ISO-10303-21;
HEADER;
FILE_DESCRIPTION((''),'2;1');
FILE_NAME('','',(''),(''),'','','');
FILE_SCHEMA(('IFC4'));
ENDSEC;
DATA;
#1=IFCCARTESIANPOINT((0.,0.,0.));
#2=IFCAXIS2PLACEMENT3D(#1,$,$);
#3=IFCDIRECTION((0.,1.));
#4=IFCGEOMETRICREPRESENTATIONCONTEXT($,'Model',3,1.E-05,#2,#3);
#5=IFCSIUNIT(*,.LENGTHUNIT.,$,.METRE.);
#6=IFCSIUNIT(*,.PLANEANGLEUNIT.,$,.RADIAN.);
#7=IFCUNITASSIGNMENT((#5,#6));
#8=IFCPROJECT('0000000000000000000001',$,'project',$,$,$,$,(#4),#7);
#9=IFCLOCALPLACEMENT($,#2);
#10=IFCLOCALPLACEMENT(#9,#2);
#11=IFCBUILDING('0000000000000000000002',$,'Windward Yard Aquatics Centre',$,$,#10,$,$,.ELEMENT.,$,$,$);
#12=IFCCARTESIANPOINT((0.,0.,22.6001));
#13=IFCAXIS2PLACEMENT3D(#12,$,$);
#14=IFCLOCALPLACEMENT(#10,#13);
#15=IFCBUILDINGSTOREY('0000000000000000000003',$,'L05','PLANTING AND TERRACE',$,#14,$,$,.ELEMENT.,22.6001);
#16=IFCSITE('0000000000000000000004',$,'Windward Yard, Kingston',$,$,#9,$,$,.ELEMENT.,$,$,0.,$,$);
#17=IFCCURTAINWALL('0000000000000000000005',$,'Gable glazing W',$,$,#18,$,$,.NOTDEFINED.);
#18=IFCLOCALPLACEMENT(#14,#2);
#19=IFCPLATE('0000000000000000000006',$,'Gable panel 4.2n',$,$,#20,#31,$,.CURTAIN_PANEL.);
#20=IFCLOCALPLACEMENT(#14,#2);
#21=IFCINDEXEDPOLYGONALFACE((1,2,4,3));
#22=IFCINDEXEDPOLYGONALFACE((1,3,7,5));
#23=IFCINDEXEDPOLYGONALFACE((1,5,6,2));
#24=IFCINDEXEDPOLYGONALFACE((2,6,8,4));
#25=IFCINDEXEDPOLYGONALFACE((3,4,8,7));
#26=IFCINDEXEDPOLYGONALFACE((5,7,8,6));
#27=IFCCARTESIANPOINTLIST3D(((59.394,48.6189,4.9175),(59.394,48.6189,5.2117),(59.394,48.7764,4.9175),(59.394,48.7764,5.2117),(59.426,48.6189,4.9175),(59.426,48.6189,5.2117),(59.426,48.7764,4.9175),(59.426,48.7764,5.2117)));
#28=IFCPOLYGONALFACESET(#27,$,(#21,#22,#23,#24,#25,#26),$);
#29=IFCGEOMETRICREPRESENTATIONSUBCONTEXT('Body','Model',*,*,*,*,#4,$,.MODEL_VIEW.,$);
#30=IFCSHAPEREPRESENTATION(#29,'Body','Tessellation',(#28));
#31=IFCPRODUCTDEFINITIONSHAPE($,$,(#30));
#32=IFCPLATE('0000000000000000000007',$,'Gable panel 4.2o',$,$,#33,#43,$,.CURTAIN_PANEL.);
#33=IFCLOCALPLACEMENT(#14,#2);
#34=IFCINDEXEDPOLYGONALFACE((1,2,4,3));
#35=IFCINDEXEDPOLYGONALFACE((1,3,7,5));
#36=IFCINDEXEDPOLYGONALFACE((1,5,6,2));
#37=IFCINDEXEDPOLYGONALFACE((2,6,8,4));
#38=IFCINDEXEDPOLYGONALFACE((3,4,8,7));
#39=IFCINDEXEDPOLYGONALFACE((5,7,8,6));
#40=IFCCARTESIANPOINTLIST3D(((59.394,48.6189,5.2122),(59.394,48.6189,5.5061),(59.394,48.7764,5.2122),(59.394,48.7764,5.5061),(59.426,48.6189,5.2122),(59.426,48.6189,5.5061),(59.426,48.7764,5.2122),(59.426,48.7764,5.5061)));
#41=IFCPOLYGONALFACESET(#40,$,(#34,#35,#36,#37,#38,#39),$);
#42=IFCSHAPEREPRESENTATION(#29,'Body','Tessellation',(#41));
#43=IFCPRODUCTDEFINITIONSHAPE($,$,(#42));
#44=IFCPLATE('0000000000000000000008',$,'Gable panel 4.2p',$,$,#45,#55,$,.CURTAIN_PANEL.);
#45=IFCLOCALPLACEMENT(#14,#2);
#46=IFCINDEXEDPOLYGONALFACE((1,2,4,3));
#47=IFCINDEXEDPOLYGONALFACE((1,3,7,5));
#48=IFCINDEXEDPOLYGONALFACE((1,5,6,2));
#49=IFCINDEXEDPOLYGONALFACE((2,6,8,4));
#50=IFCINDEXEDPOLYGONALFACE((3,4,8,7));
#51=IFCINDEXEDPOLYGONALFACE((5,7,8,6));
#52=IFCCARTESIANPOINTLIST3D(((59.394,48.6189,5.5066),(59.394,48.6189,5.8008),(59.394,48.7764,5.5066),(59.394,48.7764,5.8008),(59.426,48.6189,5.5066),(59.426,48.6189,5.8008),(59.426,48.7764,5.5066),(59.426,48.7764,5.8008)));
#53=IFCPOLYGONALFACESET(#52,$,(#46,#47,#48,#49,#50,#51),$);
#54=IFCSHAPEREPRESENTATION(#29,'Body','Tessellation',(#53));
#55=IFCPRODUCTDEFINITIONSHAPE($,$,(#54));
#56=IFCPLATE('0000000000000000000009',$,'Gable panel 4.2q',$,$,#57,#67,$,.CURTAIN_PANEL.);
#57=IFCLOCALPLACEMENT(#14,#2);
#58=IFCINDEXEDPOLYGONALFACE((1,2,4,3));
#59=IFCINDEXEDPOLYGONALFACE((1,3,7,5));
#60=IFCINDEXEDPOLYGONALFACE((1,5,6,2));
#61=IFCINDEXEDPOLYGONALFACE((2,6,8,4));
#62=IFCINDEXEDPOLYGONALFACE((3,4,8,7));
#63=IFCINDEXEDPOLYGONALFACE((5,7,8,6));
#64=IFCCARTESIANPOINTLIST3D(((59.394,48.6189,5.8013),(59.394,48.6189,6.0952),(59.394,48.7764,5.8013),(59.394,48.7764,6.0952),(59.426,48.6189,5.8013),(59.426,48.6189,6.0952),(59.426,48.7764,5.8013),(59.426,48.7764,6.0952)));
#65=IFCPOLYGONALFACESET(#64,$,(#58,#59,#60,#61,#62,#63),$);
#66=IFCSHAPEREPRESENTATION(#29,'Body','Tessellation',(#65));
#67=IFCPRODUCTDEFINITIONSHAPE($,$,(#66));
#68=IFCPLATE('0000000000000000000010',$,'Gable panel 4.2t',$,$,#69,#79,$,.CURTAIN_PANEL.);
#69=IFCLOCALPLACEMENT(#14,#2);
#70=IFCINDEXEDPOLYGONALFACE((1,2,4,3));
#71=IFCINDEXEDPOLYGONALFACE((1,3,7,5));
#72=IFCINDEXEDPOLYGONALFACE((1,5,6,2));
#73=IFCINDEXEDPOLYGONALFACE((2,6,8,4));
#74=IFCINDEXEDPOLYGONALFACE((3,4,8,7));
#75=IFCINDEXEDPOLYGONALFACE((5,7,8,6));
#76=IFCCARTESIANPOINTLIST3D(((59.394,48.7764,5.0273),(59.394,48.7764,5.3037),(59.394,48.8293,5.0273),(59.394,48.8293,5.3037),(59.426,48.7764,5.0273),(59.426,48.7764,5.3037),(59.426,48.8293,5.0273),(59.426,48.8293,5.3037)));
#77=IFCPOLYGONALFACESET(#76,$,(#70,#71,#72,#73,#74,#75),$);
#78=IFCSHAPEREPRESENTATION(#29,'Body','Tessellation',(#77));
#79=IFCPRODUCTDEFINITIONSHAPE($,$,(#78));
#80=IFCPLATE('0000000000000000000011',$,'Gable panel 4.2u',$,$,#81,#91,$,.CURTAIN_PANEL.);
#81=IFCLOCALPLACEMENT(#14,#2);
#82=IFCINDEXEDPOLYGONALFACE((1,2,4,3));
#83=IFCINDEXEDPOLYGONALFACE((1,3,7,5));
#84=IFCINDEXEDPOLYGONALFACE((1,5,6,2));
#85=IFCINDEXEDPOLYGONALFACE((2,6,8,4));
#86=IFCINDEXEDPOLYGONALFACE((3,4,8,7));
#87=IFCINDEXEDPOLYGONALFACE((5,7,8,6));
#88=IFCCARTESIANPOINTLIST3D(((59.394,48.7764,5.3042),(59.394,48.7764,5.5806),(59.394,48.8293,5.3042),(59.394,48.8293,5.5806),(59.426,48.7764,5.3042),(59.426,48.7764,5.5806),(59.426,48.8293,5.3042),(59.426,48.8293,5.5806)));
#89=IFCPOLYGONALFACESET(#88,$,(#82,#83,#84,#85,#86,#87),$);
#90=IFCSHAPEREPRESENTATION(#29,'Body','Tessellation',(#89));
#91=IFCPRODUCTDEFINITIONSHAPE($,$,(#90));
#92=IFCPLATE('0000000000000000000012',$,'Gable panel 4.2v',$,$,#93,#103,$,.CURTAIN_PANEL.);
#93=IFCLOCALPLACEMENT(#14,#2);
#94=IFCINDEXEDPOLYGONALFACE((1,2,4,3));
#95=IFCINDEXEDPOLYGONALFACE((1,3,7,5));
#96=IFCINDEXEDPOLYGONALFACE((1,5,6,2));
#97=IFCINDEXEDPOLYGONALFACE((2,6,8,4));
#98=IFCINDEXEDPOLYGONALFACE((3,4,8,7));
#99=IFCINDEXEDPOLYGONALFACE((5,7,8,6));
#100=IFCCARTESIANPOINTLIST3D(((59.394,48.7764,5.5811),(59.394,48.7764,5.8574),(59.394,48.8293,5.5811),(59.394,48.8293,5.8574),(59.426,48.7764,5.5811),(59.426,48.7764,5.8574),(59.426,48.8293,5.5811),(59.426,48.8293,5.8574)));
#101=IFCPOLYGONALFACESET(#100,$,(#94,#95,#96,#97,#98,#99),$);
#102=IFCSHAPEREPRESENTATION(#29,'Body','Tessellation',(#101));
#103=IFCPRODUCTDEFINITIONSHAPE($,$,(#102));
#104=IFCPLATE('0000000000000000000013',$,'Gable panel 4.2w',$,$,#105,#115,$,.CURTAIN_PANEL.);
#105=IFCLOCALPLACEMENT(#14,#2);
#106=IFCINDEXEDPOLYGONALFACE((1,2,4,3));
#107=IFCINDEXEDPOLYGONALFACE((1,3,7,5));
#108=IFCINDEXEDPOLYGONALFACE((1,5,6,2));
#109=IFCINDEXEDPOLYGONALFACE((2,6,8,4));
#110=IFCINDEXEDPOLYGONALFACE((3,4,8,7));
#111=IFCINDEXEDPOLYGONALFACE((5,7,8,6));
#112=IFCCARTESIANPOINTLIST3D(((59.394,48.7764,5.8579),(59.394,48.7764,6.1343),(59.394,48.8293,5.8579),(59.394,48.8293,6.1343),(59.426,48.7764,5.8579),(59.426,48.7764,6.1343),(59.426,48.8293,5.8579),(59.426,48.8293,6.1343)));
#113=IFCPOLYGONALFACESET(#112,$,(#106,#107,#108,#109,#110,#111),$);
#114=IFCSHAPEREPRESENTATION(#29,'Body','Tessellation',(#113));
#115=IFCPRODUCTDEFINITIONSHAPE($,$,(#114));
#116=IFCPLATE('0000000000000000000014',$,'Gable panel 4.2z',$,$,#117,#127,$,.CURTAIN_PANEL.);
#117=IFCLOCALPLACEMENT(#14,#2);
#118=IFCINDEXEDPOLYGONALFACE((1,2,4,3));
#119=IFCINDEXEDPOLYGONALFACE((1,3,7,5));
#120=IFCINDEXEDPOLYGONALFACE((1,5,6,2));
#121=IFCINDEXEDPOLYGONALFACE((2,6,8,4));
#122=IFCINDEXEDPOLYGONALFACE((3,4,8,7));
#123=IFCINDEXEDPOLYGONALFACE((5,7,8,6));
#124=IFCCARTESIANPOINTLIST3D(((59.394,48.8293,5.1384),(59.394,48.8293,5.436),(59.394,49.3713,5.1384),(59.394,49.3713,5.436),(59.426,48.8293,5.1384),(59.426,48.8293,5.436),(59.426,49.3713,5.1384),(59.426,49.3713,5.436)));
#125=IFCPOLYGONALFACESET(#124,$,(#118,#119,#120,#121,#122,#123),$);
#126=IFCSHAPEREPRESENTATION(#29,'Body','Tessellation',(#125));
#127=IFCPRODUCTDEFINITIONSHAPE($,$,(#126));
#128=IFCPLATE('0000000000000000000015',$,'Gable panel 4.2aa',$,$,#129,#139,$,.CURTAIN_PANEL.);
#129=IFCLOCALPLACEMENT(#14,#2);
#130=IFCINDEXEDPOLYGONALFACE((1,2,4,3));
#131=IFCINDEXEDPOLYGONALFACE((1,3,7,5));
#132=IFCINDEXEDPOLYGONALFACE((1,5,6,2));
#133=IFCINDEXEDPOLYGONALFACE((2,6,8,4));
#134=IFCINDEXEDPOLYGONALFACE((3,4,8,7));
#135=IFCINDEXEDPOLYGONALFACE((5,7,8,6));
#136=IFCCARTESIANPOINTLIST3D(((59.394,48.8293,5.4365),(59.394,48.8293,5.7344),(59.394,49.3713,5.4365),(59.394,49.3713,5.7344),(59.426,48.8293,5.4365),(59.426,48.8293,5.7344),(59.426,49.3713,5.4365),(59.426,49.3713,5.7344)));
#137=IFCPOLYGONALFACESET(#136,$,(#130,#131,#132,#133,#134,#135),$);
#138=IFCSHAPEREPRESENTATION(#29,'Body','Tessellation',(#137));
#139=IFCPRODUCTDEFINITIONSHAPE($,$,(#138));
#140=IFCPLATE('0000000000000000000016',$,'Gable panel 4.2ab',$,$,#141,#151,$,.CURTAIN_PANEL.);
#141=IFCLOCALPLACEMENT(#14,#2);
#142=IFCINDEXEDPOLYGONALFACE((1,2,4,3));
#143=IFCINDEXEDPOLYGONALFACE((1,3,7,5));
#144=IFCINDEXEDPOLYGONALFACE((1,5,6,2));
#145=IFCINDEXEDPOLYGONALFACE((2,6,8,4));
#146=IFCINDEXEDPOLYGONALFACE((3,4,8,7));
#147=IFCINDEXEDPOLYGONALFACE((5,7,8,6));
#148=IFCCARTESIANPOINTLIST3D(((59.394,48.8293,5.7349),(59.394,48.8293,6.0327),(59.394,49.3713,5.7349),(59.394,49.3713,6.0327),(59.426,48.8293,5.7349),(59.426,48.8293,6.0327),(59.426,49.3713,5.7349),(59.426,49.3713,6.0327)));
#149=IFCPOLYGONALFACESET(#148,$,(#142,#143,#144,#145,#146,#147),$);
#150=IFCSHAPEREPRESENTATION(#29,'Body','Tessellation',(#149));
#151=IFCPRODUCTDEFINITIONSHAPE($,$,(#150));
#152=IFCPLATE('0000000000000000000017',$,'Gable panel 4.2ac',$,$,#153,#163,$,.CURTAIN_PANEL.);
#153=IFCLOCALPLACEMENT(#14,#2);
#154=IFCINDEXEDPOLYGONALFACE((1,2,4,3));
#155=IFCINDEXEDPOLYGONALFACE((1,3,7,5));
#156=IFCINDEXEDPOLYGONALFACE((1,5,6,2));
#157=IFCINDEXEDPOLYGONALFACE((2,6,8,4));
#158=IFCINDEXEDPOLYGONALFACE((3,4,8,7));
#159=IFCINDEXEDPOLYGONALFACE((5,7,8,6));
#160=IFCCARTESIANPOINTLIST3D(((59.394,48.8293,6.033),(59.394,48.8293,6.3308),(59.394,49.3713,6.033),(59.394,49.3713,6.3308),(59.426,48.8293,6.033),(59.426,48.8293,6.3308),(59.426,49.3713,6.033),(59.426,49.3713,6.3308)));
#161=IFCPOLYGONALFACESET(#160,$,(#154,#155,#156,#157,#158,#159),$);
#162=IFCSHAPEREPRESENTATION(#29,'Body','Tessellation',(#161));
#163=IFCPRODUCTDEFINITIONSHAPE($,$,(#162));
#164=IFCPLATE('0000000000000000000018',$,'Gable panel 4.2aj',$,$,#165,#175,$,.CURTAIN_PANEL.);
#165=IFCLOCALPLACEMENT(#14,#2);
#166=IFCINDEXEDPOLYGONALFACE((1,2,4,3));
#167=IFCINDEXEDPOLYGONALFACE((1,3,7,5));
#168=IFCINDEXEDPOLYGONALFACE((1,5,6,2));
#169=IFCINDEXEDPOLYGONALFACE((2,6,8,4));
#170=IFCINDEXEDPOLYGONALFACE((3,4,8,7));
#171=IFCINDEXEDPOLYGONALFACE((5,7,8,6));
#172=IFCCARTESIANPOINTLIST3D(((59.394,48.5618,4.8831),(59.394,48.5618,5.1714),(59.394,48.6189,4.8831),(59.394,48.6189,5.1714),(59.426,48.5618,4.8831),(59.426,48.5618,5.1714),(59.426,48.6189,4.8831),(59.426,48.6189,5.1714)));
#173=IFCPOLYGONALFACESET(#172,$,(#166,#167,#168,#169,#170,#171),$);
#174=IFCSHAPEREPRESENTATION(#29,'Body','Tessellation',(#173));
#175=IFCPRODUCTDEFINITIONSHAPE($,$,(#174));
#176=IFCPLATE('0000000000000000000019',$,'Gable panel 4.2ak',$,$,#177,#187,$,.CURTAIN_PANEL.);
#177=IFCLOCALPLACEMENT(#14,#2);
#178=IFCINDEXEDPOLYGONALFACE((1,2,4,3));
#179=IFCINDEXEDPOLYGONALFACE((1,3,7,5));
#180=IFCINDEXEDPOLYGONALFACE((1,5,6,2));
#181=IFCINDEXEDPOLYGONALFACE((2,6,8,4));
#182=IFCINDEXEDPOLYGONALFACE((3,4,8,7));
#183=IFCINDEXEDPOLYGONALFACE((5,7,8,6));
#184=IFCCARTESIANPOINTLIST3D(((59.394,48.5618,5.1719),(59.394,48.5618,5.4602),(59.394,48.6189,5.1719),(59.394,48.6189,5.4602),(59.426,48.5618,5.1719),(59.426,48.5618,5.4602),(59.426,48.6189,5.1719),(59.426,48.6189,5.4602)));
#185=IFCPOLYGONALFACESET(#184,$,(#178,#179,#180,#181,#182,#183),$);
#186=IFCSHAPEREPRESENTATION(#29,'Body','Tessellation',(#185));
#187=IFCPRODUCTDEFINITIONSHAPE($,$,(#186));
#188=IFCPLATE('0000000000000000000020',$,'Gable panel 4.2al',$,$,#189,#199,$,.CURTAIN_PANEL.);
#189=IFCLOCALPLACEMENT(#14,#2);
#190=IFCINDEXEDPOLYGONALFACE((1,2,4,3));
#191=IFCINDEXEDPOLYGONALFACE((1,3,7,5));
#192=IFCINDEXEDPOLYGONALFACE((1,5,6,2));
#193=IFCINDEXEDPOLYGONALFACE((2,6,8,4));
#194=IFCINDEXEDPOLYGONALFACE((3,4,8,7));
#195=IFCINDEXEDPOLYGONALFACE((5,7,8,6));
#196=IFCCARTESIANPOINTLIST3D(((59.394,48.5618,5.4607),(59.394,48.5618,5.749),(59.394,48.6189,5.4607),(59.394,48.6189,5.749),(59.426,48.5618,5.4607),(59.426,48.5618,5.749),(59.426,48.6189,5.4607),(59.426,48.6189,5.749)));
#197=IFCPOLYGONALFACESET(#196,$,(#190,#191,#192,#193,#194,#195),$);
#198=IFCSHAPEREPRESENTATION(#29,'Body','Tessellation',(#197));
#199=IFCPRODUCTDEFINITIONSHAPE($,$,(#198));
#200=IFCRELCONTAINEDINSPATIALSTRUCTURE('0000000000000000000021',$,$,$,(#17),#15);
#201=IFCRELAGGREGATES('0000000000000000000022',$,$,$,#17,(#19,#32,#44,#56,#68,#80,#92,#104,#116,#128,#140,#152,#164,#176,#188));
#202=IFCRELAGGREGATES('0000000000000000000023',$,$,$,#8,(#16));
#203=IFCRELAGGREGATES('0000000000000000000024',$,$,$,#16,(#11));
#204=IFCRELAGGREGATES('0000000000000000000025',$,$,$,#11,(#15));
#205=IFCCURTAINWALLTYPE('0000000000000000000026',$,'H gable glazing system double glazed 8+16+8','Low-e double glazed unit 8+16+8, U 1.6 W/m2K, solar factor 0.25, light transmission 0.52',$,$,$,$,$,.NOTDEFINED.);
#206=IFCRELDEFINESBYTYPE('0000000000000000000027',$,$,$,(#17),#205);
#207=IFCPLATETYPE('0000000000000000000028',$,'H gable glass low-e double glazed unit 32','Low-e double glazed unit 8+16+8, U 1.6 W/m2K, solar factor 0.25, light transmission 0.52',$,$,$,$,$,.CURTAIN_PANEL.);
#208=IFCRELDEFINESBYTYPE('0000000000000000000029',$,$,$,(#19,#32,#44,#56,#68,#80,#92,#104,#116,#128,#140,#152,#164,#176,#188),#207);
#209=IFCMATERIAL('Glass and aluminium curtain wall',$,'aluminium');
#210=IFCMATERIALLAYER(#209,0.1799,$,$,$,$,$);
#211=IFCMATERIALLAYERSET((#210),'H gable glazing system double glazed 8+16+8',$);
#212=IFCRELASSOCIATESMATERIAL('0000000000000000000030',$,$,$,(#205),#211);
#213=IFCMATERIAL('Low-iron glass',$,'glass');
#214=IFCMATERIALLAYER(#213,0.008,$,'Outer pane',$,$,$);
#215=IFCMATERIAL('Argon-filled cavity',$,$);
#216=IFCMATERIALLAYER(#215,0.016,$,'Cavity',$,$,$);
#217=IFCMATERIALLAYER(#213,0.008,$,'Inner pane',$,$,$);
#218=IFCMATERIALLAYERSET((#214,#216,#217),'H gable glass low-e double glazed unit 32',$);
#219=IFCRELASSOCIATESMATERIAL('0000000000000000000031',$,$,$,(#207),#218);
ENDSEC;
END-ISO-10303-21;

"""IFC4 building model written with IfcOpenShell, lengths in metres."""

from ifc_helpers import new_model, si_unit, direction, frame, origin, place, context, subcontext, project, spatial, polyline, outline, extrude, material, layer, layer_set, type_object, element, aggregate, save


model = new_model("IFC4")

# Units and contexts
model_context = context("Model", 3, precision=1e-05, world=origin(), true_north=direction((0.0, 1.0)))
body_context = subcontext(model_context, "Body", "Model", "MODEL_VIEW")
ifc_project = project(units=[si_unit("LENGTHUNIT", "METRE"), si_unit("PLANEANGLEUNIT", "RADIAN")], contexts=[model_context])

# Site, building, storey
site_placement = place(None, origin())
site = spatial("IfcSite", under=ifc_project, at=site_placement, Name="Windward Yard, Kingston", CompositionType="ELEMENT", RefElevation=0.0)
building_placement = place(site_placement, origin())
building = spatial("IfcBuilding", under=site, at=building_placement, Name="Windward Yard Aquatics Centre", CompositionType="ELEMENT")
storey_placement = place(building_placement, frame((0.0, 0.0, 22.6001)))
storey = spatial("IfcBuildingStorey", under=building, at=storey_placement, Name="L05", Description="PLANTING AND TERRACE", CompositionType="ELEMENT", Elevation=22.6001)

# Curtain wall, plates
ifc_material_1 = material(Name="Glass and aluminium curtain wall", Category="aluminium")
ifc_layer_1 = layer(ifc_material_1, 0.1799)
ifc_layer_set_1 = layer_set([ifc_layer_1], Name="H gable glazing system double glazed 8+16+8")
curtain_wall_type = type_object("IfcCurtainWallType", Name="H gable glazing system double glazed 8+16+8", Description="Low-e double glazed unit 8+16+8, U 1.6 W/m2K, solar factor 0.25, light transmission 0.52", PredefinedType="NOTDEFINED", material=ifc_layer_set_1)
curtain_wall_placement = place(storey_placement, origin())
curtain_wall = element("IfcCurtainWall", 1, at=curtain_wall_placement, inside=storey, type_object=curtain_wall_type, Name="Gable glazing W", PredefinedType="NOTDEFINED")
ifc_material_2 = material(Name="Low-iron glass", Category="glass")
ifc_layer_2 = layer(ifc_material_2, 0.008, Name="Outer pane")
ifc_material_3 = material(Name="Argon-filled cavity")
ifc_layer_3 = layer(ifc_material_3, 0.016, Name="Cavity")
ifc_layer_4 = layer(ifc_material_2, 0.008, Name="Inner pane")
ifc_layer_set_2 = layer_set([ifc_layer_2, ifc_layer_3, ifc_layer_4], Name="H gable glass low-e double glazed unit 32")
plate_type = type_object("IfcPlateType", Name="H gable glass low-e double glazed unit 32", Description="Low-e double glazed unit 8+16+8, U 1.6 W/m2K, solar factor 0.25, light transmission 0.52", PredefinedType="CURTAIN_PANEL", material=ifc_layer_set_2)
plate_1_placement = place(storey_placement, frame((59.426, 48.6189, 4.9175), z_axis=(1.0, 0.0, 0.0), x_axis=(0.0, 1.0, 0.0)))
plate_1 = element("IfcPlate", 2, at=plate_1_placement, type_object=plate_type, Name="Gable panel 4.2n", PredefinedType="CURTAIN_PANEL", context=body_context, shape_type="SweptSolid", body=[
    extrude(outline(polyline([(0.0, 0.0), (0.1575, 0.0), (0.1575, 0.2942), (0.0, 0.2942), (0.0, 0.0)])), origin(), (0.0, 0.0, -1.0), 0.032),
])
plate_2_placement = place(storey_placement, frame((59.426, 48.6189, 5.2122), z_axis=(1.0, 0.0, 0.0), x_axis=(0.0, 1.0, 0.0)))
plate_2 = element("IfcPlate", 3, at=plate_2_placement, type_object=plate_type, Name="Gable panel 4.2o", PredefinedType="CURTAIN_PANEL", context=body_context, shape_type="SweptSolid", body=[
    extrude(outline(polyline([(0.0, 0.0), (0.1575, 0.0), (0.1575, 0.2939), (0.0, 0.2939), (0.0, 0.0)])), origin(), (0.0, 0.0, -1.0), 0.032),
])
plate_3_placement = place(storey_placement, frame((59.426, 48.6189, 5.5066), z_axis=(1.0, 0.0, 0.0), x_axis=(0.0, 1.0, 0.0)))
plate_3 = element("IfcPlate", 4, at=plate_3_placement, type_object=plate_type, Name="Gable panel 4.2p", PredefinedType="CURTAIN_PANEL", context=body_context, shape_type="SweptSolid", body=[
    extrude(outline(polyline([(0.0, 0.0), (0.1575, 0.0), (0.1575, 0.2942), (0.0, 0.2942), (0.0, 0.0)])), origin(), (0.0, 0.0, -1.0), 0.032),
])
plate_4_placement = place(storey_placement, frame((59.426, 48.6189, 5.8013), z_axis=(1.0, 0.0, 0.0), x_axis=(0.0, 1.0, 0.0)))
plate_4 = element("IfcPlate", 5, at=plate_4_placement, type_object=plate_type, Name="Gable panel 4.2q", PredefinedType="CURTAIN_PANEL", context=body_context, shape_type="SweptSolid", body=[
    extrude(outline(polyline([(0.0, 0.0), (0.1575, 0.0), (0.1575, 0.2939), (0.0, 0.2939), (0.0, 0.0)])), origin(), (0.0, 0.0, -1.0), 0.032),
])
plate_5_placement = place(storey_placement, frame((59.426, 48.7764, 5.0273), z_axis=(1.0, 0.0, 0.0), x_axis=(0.0, 1.0, 0.0)))
plate_5 = element("IfcPlate", 6, at=plate_5_placement, type_object=plate_type, Name="Gable panel 4.2t", PredefinedType="CURTAIN_PANEL", context=body_context, shape_type="SweptSolid", body=[
    extrude(outline(polyline([(0.0, 0.0), (0.053, 0.0), (0.053, 0.2764), (0.0, 0.2764), (0.0, 0.0)])), origin(), (0.0, 0.0, -1.0), 0.032),
])
plate_6_placement = place(storey_placement, frame((59.426, 48.7764, 5.3042), z_axis=(1.0, 0.0, 0.0), x_axis=(0.0, 1.0, 0.0)))
plate_6 = element("IfcPlate", 7, at=plate_6_placement, type_object=plate_type, Name="Gable panel 4.2u", PredefinedType="CURTAIN_PANEL", context=body_context, shape_type="SweptSolid", body=[
    extrude(outline(polyline([(0.0, 0.0), (0.053, 0.0), (0.053, 0.2764), (0.0, 0.2764), (0.0, 0.0)])), origin(), (0.0, 0.0, -1.0), 0.032),
])
plate_7_placement = place(storey_placement, frame((59.426, 48.7764, 5.5811), z_axis=(1.0, 0.0, 0.0), x_axis=(0.0, 1.0, 0.0)))
plate_7 = element("IfcPlate", 8, at=plate_7_placement, type_object=plate_type, Name="Gable panel 4.2v", PredefinedType="CURTAIN_PANEL", context=body_context, shape_type="SweptSolid", body=[
    extrude(outline(polyline([(0.0, 0.0), (0.053, 0.0), (0.053, 0.2764), (0.0, 0.2764), (0.0, 0.0)])), origin(), (0.0, 0.0, -1.0), 0.032),
])
plate_8_placement = place(storey_placement, frame((59.426, 48.7764, 5.8579), z_axis=(1.0, 0.0, 0.0), x_axis=(0.0, 1.0, 0.0)))
plate_8 = element("IfcPlate", 9, at=plate_8_placement, type_object=plate_type, Name="Gable panel 4.2w", PredefinedType="CURTAIN_PANEL", context=body_context, shape_type="SweptSolid", body=[
    extrude(outline(polyline([(0.0, 0.0), (0.053, 0.0), (0.053, 0.2764), (0.0, 0.2764), (0.0, 0.0)])), origin(), (0.0, 0.0, -1.0), 0.032),
])
plate_9_placement = place(storey_placement, frame((59.426, 48.8293, 5.1384), z_axis=(1.0, 0.0, 0.0), x_axis=(0.0, 1.0, 0.0)))
plate_9 = element("IfcPlate", 10, at=plate_9_placement, type_object=plate_type, Name="Gable panel 4.2z", PredefinedType="CURTAIN_PANEL", context=body_context, shape_type="SweptSolid", body=[
    extrude(outline(polyline([(0.0, 0.0), (0.542, 0.0), (0.542, 0.2976), (0.0, 0.2976), (0.0, 0.0)])), origin(), (0.0, 0.0, -1.0), 0.032),
])
plate_10_placement = place(storey_placement, frame((59.426, 48.8293, 5.4365), z_axis=(1.0, 0.0, 0.0), x_axis=(0.0, 1.0, 0.0)))
plate_10 = element("IfcPlate", 11, at=plate_10_placement, type_object=plate_type, Name="Gable panel 4.2aa", PredefinedType="CURTAIN_PANEL", context=body_context, shape_type="SweptSolid", body=[
    extrude(outline(polyline([(0.0, 0.0), (0.542, 0.0), (0.542, 0.2979), (0.0, 0.2979), (0.0, 0.0)])), origin(), (0.0, 0.0, -1.0), 0.032),
])
plate_11_placement = place(storey_placement, frame((59.426, 48.8293, 5.7349), z_axis=(1.0, 0.0, 0.0), x_axis=(0.0, 1.0, 0.0)))
plate_11 = element("IfcPlate", 12, at=plate_11_placement, type_object=plate_type, Name="Gable panel 4.2ab", PredefinedType="CURTAIN_PANEL", context=body_context, shape_type="SweptSolid", body=[
    extrude(outline(polyline([(0.0, 0.0), (0.542, 0.0), (0.542, 0.2979), (0.0, 0.2979), (0.0, 0.0)])), origin(), (0.0, 0.0, -1.0), 0.032),
])
plate_12_placement = place(storey_placement, frame((59.426, 48.8293, 6.033), z_axis=(1.0, 0.0, 0.0), x_axis=(0.0, 1.0, 0.0)))
plate_12 = element("IfcPlate", 13, at=plate_12_placement, type_object=plate_type, Name="Gable panel 4.2ac", PredefinedType="CURTAIN_PANEL", context=body_context, shape_type="SweptSolid", body=[
    extrude(outline(polyline([(0.0, 0.0), (0.542, 0.0), (0.542, 0.2979), (0.0, 0.2979), (0.0, 0.0)])), origin(), (0.0, 0.0, -1.0), 0.032),
])
plate_13_placement = place(storey_placement, frame((59.426, 48.5618, 4.8831), z_axis=(1.0, 0.0, 0.0), x_axis=(0.0, 1.0, 0.0)))
plate_13 = element("IfcPlate", 14, at=plate_13_placement, type_object=plate_type, Name="Gable panel 4.2aj", PredefinedType="CURTAIN_PANEL", context=body_context, shape_type="SweptSolid", body=[
    extrude(outline(polyline([(0.0, 0.0), (0.0571, 0.0), (0.0571, 0.2883), (0.0, 0.2883), (0.0, 0.0)])), origin(), (0.0, 0.0, -1.0), 0.032),
])
plate_14_placement = place(storey_placement, frame((59.426, 48.5618, 5.1719), z_axis=(1.0, 0.0, 0.0), x_axis=(0.0, 1.0, 0.0)))
plate_14 = element("IfcPlate", 15, at=plate_14_placement, type_object=plate_type, Name="Gable panel 4.2ak", PredefinedType="CURTAIN_PANEL", context=body_context, shape_type="SweptSolid", body=[
    extrude(outline(polyline([(0.0, 0.0), (0.0571, 0.0), (0.0571, 0.2883), (0.0, 0.2883), (0.0, 0.0)])), origin(), (0.0, 0.0, -1.0), 0.032),
])
plate_15_placement = place(storey_placement, frame((59.426, 48.5618, 5.4607), z_axis=(1.0, 0.0, 0.0), x_axis=(0.0, 1.0, 0.0)))
plate_15 = element("IfcPlate", 16, at=plate_15_placement, type_object=plate_type, Name="Gable panel 4.2al", PredefinedType="CURTAIN_PANEL", context=body_context, shape_type="SweptSolid", body=[
    extrude(outline(polyline([(0.0, 0.0), (0.0571, 0.0), (0.0571, 0.2883), (0.0, 0.2883), (0.0, 0.0)])), origin(), (0.0, 0.0, -1.0), 0.032),
])
aggregate(curtain_wall, [plate_1, plate_2, plate_3, plate_4, plate_5, plate_6, plate_7, plate_8, plate_9, plate_10, plate_11, plate_12, plate_13, plate_14, plate_15])

save(model, "model.ifc")
